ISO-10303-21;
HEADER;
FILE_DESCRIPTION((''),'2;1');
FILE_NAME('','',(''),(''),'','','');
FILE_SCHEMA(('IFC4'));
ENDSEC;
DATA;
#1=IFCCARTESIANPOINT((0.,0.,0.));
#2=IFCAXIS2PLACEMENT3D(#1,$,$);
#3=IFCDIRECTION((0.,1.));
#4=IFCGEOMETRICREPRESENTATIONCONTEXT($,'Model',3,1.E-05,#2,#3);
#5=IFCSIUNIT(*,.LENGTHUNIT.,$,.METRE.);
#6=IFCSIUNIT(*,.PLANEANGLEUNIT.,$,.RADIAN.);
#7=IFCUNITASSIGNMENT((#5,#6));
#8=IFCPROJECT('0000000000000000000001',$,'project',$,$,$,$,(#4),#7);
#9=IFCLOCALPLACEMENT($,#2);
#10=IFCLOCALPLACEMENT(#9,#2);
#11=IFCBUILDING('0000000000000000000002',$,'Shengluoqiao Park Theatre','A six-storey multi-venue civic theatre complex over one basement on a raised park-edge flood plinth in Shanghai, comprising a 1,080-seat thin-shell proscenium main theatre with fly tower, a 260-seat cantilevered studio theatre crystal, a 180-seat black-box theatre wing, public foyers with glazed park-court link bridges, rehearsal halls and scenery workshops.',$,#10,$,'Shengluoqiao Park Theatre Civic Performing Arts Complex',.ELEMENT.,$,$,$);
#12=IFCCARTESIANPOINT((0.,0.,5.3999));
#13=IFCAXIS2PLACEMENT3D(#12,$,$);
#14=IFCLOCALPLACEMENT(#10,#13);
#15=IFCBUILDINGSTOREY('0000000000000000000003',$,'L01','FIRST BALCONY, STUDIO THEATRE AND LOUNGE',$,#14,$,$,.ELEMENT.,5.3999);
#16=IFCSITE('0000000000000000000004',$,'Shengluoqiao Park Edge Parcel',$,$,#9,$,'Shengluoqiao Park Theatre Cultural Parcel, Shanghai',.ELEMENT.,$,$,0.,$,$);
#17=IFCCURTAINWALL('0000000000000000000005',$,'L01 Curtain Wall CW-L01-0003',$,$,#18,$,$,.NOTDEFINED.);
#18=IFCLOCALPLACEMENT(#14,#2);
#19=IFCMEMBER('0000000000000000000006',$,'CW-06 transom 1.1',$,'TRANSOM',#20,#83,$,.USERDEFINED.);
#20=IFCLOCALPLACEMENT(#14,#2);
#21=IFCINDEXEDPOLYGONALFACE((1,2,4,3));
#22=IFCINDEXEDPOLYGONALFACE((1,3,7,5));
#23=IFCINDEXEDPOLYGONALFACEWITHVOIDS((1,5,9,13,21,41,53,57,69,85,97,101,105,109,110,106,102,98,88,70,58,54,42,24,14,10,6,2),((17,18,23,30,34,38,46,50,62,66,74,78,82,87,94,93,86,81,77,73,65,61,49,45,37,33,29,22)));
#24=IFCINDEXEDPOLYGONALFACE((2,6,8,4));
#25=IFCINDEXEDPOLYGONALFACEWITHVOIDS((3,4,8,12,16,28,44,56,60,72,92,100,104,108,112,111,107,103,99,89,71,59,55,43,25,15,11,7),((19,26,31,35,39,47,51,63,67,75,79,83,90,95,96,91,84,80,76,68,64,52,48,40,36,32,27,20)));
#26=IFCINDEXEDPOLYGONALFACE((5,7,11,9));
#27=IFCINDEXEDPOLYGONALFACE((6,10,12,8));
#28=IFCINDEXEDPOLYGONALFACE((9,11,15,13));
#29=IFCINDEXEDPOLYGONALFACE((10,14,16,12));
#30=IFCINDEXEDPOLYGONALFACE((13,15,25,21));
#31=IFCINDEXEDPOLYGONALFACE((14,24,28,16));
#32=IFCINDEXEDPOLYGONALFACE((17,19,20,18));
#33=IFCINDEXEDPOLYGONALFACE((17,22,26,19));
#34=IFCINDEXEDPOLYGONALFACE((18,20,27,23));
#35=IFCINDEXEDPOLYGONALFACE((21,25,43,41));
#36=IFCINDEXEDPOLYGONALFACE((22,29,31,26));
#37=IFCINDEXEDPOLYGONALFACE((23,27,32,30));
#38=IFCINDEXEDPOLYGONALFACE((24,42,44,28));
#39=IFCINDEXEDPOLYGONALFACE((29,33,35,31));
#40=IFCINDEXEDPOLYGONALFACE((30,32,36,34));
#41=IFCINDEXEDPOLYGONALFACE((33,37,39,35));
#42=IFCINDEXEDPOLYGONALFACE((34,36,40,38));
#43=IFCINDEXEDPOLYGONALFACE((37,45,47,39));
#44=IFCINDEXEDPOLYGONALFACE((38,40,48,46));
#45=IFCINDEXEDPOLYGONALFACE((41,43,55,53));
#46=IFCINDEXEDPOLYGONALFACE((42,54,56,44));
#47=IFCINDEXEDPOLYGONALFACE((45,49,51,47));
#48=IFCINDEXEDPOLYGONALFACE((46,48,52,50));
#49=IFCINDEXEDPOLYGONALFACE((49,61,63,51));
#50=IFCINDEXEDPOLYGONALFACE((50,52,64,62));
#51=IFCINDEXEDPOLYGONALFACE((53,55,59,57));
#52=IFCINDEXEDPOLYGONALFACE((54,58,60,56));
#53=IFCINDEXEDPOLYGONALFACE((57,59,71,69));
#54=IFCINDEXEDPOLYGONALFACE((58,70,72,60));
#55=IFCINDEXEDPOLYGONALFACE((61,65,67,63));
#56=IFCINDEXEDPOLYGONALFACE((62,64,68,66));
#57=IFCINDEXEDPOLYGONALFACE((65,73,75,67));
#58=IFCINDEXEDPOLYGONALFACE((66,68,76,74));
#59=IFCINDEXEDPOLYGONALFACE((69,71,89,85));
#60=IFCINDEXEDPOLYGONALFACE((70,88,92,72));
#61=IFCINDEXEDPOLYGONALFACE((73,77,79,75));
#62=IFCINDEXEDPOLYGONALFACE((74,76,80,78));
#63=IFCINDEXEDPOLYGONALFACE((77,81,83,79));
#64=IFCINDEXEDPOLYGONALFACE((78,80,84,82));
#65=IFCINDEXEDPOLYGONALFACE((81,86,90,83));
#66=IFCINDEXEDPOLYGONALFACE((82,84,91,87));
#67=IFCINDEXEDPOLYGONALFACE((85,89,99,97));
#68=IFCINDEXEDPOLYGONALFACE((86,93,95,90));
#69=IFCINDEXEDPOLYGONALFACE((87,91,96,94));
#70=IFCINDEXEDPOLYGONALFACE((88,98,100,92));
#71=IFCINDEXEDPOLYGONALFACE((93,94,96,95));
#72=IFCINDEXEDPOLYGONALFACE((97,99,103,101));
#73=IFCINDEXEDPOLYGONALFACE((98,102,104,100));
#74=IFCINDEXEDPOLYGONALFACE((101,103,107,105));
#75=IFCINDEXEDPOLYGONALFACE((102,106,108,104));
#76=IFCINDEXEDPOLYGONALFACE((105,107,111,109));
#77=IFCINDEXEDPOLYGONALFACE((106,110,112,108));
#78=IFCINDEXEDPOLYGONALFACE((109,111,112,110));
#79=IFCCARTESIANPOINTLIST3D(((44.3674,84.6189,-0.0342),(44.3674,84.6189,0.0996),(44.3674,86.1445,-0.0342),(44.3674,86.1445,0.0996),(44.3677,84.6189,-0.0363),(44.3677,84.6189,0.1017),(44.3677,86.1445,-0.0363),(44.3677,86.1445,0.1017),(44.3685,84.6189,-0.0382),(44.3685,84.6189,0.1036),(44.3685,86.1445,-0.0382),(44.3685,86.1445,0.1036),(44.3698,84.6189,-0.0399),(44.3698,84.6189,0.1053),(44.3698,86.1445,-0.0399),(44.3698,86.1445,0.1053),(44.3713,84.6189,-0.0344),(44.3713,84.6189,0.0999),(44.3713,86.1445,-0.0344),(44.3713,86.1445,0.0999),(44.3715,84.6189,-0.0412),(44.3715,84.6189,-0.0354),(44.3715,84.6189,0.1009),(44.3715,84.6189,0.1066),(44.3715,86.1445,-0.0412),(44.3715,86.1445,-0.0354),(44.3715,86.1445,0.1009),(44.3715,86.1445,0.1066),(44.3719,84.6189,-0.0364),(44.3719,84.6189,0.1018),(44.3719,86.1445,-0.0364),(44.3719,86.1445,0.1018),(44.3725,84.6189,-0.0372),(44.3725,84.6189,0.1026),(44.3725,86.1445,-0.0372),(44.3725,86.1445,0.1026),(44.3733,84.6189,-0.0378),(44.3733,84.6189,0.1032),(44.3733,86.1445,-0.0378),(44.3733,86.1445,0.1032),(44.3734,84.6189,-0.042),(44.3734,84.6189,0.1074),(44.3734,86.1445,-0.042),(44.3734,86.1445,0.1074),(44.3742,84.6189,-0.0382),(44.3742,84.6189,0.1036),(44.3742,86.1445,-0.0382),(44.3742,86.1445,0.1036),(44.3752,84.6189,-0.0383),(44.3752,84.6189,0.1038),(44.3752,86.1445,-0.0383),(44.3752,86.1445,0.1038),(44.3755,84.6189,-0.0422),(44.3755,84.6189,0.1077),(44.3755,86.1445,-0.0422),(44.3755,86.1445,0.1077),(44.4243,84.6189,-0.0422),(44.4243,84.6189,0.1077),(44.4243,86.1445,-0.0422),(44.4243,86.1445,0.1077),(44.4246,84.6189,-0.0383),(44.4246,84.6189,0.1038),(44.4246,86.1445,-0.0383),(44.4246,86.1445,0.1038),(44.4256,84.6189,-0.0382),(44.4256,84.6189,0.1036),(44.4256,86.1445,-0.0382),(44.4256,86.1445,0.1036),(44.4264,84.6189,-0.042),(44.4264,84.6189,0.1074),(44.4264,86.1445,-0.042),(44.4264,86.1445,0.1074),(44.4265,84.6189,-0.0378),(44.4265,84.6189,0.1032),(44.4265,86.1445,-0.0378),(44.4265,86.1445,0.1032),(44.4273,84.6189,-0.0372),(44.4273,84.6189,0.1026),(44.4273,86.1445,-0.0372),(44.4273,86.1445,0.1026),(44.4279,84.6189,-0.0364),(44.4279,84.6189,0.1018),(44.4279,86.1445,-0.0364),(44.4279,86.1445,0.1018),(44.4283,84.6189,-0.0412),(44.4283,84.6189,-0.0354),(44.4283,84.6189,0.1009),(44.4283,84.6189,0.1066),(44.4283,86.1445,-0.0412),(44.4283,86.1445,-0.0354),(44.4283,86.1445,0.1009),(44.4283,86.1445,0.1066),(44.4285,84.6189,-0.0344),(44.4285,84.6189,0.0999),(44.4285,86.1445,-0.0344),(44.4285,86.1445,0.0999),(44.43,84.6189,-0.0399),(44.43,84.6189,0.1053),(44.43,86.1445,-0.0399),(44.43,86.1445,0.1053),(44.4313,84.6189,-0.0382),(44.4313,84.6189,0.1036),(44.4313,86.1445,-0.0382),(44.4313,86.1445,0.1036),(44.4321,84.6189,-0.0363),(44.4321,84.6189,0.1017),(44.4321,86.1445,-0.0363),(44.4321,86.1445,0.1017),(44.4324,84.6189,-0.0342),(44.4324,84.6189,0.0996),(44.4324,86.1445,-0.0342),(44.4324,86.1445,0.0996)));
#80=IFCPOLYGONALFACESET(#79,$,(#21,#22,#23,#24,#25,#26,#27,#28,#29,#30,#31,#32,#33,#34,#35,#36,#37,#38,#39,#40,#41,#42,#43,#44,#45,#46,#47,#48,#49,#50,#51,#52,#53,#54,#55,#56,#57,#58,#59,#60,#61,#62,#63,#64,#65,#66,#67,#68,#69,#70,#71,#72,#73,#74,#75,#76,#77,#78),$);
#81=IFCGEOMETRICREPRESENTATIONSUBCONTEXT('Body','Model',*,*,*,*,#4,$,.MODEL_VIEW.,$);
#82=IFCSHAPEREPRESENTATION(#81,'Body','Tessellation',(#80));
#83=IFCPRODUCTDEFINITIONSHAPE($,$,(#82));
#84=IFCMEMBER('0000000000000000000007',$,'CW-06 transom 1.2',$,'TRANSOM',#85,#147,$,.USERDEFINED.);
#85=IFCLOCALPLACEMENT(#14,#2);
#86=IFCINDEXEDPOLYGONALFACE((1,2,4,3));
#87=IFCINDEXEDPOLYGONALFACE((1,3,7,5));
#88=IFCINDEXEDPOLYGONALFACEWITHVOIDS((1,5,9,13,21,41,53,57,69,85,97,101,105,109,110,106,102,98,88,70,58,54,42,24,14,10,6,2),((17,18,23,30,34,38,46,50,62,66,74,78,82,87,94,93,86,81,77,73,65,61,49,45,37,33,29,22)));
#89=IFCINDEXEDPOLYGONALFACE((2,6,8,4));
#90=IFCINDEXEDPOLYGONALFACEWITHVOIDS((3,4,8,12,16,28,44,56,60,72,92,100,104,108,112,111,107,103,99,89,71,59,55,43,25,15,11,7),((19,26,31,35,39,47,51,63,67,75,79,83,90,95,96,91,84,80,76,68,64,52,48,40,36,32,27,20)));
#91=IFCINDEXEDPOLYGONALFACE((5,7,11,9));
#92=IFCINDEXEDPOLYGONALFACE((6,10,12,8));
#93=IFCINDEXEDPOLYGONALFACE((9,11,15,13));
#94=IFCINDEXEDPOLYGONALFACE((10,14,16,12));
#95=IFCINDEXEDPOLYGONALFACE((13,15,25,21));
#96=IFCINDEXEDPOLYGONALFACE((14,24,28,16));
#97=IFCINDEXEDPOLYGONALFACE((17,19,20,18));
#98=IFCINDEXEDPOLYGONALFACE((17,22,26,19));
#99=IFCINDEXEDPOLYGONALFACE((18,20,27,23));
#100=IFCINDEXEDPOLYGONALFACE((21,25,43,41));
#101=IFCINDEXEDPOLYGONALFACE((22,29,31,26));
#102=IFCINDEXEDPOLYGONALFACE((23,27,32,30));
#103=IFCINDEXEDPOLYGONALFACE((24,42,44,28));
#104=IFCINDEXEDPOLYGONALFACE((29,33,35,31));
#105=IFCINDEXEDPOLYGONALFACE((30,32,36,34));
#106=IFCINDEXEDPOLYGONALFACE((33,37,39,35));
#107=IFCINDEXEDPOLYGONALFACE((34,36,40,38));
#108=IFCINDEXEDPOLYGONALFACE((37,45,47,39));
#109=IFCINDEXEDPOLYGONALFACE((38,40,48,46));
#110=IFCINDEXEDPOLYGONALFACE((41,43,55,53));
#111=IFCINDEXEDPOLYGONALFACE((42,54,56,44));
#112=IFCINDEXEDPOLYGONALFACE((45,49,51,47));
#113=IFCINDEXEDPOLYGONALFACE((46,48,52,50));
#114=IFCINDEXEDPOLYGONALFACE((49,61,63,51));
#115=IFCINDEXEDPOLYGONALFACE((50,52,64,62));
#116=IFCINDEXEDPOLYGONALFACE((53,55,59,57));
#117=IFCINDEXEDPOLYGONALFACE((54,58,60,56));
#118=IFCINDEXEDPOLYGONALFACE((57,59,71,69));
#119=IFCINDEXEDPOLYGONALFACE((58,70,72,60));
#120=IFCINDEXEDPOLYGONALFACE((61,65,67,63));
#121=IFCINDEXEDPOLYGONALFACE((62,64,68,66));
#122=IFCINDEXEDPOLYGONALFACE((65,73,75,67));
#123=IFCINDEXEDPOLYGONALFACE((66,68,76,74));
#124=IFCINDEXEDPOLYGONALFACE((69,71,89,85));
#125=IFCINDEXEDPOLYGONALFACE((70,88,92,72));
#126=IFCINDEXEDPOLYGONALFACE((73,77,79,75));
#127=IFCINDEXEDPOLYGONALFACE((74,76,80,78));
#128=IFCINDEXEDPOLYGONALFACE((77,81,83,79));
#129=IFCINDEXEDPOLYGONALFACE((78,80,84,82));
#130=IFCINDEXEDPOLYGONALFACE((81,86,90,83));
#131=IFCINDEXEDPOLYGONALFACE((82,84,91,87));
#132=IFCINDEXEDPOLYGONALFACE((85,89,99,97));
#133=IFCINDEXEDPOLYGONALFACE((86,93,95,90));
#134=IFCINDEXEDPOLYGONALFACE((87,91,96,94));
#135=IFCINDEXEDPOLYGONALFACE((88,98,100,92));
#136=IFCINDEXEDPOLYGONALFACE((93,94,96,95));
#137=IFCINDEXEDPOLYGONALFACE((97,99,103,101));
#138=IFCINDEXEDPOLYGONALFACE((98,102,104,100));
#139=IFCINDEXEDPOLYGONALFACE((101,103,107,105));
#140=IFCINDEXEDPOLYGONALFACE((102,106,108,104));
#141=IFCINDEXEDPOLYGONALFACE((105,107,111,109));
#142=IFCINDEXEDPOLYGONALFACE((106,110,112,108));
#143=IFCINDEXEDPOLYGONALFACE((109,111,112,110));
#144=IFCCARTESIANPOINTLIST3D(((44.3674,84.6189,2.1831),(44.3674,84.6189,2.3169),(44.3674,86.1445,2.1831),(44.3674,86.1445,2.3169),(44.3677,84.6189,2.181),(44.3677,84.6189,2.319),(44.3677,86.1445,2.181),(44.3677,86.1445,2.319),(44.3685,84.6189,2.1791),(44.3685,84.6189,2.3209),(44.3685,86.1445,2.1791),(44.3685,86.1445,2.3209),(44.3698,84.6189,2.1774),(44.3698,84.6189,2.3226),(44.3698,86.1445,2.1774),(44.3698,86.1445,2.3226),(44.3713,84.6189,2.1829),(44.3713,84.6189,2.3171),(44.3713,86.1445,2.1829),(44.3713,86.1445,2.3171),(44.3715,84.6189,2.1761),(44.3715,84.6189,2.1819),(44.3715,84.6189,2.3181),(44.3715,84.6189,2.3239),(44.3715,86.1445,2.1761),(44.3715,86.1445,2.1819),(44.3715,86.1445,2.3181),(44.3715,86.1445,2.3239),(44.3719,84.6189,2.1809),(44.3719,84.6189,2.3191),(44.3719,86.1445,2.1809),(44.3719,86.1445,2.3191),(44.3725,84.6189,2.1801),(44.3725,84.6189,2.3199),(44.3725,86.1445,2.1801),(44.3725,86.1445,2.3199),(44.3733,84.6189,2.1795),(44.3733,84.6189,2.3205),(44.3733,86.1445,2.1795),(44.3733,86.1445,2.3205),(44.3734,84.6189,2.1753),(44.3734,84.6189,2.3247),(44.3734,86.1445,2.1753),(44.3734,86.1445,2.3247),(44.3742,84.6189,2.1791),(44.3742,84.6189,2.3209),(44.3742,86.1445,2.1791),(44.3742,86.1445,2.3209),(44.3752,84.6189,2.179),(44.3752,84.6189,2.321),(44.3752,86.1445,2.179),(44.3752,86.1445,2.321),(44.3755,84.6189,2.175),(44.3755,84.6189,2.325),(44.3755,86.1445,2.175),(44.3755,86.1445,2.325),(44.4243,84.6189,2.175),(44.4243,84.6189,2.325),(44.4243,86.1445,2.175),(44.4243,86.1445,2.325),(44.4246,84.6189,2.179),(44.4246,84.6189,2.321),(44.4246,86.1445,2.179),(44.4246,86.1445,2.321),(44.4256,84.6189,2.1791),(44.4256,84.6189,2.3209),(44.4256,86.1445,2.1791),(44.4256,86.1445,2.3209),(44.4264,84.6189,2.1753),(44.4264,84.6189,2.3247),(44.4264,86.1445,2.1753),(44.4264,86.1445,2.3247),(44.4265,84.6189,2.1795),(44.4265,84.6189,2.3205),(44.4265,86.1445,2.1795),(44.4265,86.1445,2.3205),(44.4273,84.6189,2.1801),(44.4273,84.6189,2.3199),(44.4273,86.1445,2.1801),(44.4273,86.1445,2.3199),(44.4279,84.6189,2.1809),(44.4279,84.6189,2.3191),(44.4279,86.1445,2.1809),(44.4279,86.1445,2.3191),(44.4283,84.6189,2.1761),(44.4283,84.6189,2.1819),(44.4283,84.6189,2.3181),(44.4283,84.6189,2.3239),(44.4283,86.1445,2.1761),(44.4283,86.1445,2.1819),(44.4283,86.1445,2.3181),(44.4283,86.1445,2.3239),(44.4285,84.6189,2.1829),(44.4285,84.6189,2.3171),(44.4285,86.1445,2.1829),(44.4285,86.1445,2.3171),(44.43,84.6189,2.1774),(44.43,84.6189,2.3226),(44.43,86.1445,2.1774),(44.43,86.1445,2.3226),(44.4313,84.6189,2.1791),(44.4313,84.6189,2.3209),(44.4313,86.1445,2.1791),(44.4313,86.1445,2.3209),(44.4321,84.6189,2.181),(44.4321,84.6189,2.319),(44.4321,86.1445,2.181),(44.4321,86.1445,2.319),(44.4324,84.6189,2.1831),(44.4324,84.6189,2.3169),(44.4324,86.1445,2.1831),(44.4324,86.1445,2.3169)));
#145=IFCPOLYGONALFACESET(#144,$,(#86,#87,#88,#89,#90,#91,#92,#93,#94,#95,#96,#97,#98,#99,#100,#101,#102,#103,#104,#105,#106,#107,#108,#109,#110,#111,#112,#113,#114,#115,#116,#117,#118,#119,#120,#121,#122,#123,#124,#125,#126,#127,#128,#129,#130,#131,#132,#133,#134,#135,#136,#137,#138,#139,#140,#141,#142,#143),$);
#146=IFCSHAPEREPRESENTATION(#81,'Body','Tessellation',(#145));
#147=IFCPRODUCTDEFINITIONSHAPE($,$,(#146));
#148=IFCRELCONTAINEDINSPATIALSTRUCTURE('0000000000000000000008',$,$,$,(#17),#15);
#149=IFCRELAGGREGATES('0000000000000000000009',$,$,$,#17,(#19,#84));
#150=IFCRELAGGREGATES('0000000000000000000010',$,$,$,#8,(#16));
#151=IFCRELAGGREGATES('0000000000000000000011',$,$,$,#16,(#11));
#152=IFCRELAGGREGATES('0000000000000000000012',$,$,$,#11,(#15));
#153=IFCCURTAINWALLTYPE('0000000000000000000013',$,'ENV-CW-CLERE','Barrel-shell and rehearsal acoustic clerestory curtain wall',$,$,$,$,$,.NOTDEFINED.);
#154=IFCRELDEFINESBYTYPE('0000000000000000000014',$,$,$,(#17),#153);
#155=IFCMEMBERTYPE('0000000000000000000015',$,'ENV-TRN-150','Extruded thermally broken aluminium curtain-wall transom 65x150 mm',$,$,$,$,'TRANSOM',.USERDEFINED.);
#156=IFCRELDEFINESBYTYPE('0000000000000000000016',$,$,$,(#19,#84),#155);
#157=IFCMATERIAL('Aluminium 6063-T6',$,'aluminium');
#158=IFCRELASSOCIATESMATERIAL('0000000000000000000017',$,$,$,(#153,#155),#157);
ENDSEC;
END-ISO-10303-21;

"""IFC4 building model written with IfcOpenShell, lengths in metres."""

from ifc_helpers import new_model, si_unit, direction, frame, origin, origin_2d, place, context, subcontext, project, spatial, hollow_rectangle, extrude, material, material_profile, profile_set, type_object, element, aggregate, save


model = new_model("IFC4")

# Units and contexts
model_context = context("Model", 3, precision=1e-05, world=origin(), true_north=direction((0.0, 1.0)))
body_context = subcontext(model_context, "Body", "Model", "MODEL_VIEW")
ifc_project = project(units=[si_unit("LENGTHUNIT", "METRE"), si_unit("PLANEANGLEUNIT", "RADIAN")], contexts=[model_context])

# Site, building, storey
site_placement = place(None, origin())
site = spatial("IfcSite", under=ifc_project, at=site_placement, Name="Shengluoqiao Park Edge Parcel", LongName="Shengluoqiao Park Theatre Cultural Parcel, Shanghai", CompositionType="ELEMENT", RefElevation=0.0)
building_placement = place(site_placement, origin())
building = spatial("IfcBuilding", under=site, at=building_placement, Name="Shengluoqiao Park Theatre", Description="A six-storey multi-venue civic theatre complex over one basement on a raised park-edge flood plinth in Shanghai, comprising a 1,080-seat thin-shell proscenium main theatre with fly tower, a 260-seat cantilevered studio theatre crystal, a 180-seat black-box theatre wing, public foyers with glazed park-court link bridges, rehearsal halls and scenery workshops.", LongName="Shengluoqiao Park Theatre Civic Performing Arts Complex", CompositionType="ELEMENT")
storey_placement = place(building_placement, frame((0.0, 0.0, 5.3999)))
storey = spatial("IfcBuildingStorey", under=building, at=storey_placement, Name="L01", Description="FIRST BALCONY, STUDIO THEATRE AND LOUNGE", CompositionType="ELEMENT", Elevation=5.3999)

# Curtain wall, members
ifc_material_1 = material(Name="Aluminium 6063-T6", Category="aluminium")
curtain_wall_type = type_object("IfcCurtainWallType", Name="ENV-CW-CLERE", Description="Barrel-shell and rehearsal acoustic clerestory curtain wall", PredefinedType="NOTDEFINED", material=ifc_material_1)
curtain_wall_placement = place(storey_placement, origin())
curtain_wall = element("IfcCurtainWall", 1, at=curtain_wall_placement, inside=storey, type_object=curtain_wall_type, Name="L01 Curtain Wall CW-L01-0003", PredefinedType="NOTDEFINED")
ifc_material_profile_1 = material_profile(ifc_material_1, hollow_rectangle(XDim=0.0649, YDim=0.1499, WallThickness=0.0039, InnerFilletRadius=0.0039, OuterFilletRadius=0.0081, at=origin_2d()), Name="ALU TRANSOM 150x65x4")
ifc_profile_set_1 = profile_set([ifc_material_profile_1], Name="Aluminium 6063-T6")
member_type_1 = type_object("IfcMemberType", Name="ENV-TRN-150", Description="Extruded thermally broken aluminium curtain-wall transom 65x150 mm", ElementType="TRANSOM", PredefinedType="USERDEFINED", material=ifc_profile_set_1)
member_1_placement = place(storey_placement, frame((44.3999, 84.6189, 0.0327), z_axis=(0.0, 1.0, 0.0), x_axis=(-1.0, 0.0, 0.0)))
member_1 = element("IfcMember", 2, at=member_1_placement, type_object=member_type_1, Name="CW-06 transom 1.1", ObjectType="TRANSOM", PredefinedType="USERDEFINED", context=body_context, shape_type="SweptSolid", body=[
    extrude(hollow_rectangle(XDim=0.0649, YDim=0.1499, WallThickness=0.0039, InnerFilletRadius=0.0039, OuterFilletRadius=0.0081, at=origin_2d()), origin(), (0.0, 0.0, 1.0), 1.5256),
])
member_2_placement = place(storey_placement, frame((44.3999, 84.6189, 2.25), z_axis=(0.0, 1.0, 0.0), x_axis=(-1.0, 0.0, 0.0)))
member_2 = element("IfcMember", 3, at=member_2_placement, type_object=member_type_1, Name="CW-06 transom 1.2", ObjectType="TRANSOM", PredefinedType="USERDEFINED", context=body_context, shape_type="SweptSolid", body=[
    extrude(hollow_rectangle(XDim=0.0649, YDim=0.1499, WallThickness=0.0039, InnerFilletRadius=0.0039, OuterFilletRadius=0.0081, at=origin_2d()), origin(), (0.0, 0.0, 1.0), 1.5256),
])

aggregate(curtain_wall, [member_1, member_2])

save(model, "model.ifc")
